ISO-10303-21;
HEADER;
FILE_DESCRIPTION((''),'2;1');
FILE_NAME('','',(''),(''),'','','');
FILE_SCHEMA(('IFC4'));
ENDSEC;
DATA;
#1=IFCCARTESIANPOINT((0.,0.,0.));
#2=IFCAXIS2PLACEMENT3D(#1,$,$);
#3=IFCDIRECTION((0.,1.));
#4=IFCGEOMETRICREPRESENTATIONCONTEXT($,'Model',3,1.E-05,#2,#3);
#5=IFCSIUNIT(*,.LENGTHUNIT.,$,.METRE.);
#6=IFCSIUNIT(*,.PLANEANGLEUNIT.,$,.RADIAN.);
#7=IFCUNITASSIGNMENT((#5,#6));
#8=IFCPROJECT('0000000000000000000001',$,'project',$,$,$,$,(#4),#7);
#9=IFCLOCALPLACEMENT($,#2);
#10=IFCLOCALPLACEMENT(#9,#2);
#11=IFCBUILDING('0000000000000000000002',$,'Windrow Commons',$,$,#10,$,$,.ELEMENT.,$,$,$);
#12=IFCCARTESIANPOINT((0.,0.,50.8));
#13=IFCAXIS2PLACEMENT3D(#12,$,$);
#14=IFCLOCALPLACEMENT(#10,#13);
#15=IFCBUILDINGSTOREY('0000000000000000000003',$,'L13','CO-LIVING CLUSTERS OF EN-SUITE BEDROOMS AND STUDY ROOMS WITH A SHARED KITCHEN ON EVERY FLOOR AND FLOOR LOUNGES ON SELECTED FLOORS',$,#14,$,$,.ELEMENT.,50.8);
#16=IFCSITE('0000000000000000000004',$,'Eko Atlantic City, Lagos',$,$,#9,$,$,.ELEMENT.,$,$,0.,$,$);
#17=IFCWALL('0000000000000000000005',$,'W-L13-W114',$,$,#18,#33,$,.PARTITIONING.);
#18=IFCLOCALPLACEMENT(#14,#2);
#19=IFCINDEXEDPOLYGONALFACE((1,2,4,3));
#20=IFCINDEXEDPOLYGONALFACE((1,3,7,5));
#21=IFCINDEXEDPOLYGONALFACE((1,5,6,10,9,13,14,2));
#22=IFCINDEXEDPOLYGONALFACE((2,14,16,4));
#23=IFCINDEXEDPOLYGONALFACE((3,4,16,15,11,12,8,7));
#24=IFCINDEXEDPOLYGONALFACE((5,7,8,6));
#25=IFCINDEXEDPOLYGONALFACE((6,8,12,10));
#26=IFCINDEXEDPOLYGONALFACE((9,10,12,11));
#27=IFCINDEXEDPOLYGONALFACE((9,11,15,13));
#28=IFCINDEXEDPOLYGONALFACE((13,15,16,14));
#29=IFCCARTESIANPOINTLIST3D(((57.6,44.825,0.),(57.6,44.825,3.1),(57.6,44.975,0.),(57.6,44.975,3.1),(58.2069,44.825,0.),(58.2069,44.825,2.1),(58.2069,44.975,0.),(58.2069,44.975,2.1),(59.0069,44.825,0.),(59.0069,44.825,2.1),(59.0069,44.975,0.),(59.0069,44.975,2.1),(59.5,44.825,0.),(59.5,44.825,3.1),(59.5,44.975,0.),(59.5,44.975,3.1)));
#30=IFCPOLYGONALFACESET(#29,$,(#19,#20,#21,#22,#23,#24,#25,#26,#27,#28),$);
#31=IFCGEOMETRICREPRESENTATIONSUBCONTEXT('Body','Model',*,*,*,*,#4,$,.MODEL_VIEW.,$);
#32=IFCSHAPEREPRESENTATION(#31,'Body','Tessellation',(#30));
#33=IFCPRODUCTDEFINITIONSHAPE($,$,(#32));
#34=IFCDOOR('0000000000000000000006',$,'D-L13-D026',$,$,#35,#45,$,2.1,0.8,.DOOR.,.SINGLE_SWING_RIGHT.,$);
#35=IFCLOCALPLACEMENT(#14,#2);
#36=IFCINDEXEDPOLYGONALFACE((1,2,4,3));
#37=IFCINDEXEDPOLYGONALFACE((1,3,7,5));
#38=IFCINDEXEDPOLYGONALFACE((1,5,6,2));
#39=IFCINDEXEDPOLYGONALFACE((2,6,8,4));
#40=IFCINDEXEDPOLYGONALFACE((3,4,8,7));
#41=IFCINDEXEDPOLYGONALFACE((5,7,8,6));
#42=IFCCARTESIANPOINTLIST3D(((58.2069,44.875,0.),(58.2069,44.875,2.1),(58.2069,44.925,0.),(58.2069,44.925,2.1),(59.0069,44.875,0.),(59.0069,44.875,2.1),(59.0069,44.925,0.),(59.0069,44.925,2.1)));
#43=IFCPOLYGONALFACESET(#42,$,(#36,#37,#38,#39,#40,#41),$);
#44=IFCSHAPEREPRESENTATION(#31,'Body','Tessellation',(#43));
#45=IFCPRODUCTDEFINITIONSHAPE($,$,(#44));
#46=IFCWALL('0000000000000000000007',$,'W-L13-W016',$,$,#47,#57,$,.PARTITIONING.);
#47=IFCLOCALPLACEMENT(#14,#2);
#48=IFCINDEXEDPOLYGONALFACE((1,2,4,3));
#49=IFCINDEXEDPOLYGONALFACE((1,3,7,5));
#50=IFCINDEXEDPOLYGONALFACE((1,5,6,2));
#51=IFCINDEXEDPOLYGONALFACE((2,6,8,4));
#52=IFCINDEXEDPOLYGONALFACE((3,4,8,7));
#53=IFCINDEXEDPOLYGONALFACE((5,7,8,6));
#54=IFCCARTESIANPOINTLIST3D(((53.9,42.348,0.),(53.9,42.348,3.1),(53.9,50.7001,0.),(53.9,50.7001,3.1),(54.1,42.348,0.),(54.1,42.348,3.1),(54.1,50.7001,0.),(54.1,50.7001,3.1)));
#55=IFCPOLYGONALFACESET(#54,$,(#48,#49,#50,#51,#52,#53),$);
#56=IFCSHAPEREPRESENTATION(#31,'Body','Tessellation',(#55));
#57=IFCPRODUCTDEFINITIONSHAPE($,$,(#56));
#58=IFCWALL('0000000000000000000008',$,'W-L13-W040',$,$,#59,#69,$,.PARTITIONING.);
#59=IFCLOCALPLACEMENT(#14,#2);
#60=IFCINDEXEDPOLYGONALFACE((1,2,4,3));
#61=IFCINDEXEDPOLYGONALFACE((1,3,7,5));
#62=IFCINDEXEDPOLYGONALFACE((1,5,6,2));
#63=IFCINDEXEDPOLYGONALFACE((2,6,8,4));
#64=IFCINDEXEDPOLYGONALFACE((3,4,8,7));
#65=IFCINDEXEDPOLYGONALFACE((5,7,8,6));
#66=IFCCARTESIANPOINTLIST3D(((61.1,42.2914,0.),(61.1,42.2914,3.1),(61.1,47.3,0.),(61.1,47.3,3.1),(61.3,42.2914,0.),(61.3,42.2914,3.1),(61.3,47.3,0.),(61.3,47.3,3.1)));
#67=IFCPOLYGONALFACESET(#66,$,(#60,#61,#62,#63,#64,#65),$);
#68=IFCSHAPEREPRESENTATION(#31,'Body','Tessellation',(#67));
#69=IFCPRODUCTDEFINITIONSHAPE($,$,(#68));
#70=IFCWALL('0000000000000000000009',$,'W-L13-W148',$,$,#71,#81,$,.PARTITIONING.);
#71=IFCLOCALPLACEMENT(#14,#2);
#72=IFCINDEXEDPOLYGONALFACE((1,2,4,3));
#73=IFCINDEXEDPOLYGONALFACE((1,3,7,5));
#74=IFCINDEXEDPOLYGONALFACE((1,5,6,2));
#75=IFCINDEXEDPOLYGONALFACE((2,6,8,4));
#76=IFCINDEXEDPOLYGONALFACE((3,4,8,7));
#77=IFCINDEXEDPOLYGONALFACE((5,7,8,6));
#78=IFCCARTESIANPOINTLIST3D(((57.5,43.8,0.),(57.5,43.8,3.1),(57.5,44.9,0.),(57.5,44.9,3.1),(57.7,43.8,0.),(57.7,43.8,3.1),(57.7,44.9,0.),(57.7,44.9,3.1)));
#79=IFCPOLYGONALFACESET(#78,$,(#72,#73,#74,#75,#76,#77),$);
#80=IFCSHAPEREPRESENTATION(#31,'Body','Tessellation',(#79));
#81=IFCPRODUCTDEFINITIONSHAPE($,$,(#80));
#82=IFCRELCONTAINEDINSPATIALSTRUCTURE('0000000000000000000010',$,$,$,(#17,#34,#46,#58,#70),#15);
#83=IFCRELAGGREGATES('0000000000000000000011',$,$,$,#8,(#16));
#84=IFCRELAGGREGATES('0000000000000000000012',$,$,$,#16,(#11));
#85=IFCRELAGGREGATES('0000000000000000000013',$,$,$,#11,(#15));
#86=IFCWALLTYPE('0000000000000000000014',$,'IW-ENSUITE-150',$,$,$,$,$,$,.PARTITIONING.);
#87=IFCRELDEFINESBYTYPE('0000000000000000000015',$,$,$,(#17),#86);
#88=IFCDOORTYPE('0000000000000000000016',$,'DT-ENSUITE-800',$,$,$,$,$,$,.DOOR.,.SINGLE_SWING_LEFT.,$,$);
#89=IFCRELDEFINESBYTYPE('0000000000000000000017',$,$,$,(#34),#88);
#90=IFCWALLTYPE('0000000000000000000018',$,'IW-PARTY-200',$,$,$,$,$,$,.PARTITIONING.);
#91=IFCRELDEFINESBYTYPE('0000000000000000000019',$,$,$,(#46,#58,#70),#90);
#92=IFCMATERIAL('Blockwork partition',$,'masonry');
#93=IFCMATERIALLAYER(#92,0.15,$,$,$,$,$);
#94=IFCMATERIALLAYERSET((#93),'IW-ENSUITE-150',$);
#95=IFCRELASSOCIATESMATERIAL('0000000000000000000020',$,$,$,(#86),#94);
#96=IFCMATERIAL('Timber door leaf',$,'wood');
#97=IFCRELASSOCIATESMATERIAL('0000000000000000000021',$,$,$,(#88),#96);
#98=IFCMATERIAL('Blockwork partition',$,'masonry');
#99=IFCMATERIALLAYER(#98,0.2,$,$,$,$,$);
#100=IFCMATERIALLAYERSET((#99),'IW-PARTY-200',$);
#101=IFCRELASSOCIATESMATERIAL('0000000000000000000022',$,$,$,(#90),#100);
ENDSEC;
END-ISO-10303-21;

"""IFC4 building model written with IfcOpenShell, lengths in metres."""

from ifc_helpers import new_model, si_unit, direction, frame, frame_2d, origin, place, context, subcontext, project, spatial, rectangle, extrude, material, layer, layer_set, type_object, element, fill, save


model = new_model("IFC4")

# Units and contexts
model_context = context("Model", 3, precision=1e-05, world=origin(), true_north=direction((0.0, 1.0)))
body_context = subcontext(model_context, "Body", "Model", "MODEL_VIEW")
ifc_project = project(units=[si_unit("LENGTHUNIT", "METRE"), si_unit("PLANEANGLEUNIT", "RADIAN")], contexts=[model_context])

# Site, building, storey
site_placement = place(None, origin())
site = spatial("IfcSite", under=ifc_project, at=site_placement, Name="Eko Atlantic City, Lagos", CompositionType="ELEMENT", RefElevation=0.0)
building_placement = place(site_placement, origin())
building = spatial("IfcBuilding", under=site, at=building_placement, Name="Windrow Commons", CompositionType="ELEMENT")
storey_placement = place(building_placement, frame((0.0, 0.0, 50.8)))
storey = spatial("IfcBuildingStorey", under=building, at=storey_placement, Name="L13", Description="CO-LIVING CLUSTERS OF EN-SUITE BEDROOMS AND STUDY ROOMS WITH A SHARED KITCHEN ON EVERY FLOOR AND FLOOR LOUNGES ON SELECTED FLOORS", CompositionType="ELEMENT", Elevation=50.8)

# Shared definitions
ifc_material_1 = material(Name="Blockwork partition", Category="masonry")
ifc_layer_1 = layer(ifc_material_1, 0.15)
ifc_layer_set_1 = layer_set([ifc_layer_1], Name="IW-ENSUITE-150")
wall_type_1 = type_object("IfcWallType", Name="IW-ENSUITE-150", PredefinedType="PARTITIONING", material=ifc_layer_set_1)

# Wall, opening, door
wall_1_placement = place(storey_placement, frame((57.6, 44.9, 0.0), z_axis=(0.0, 0.0, 1.0), x_axis=(1.0, 0.0, 0.0)))
wall_1 = element("IfcWall", 1, at=wall_1_placement, inside=storey, type_object=wall_type_1, Name="W-L13-W114", PredefinedType="PARTITIONING", context=body_context, shape_type="SweptSolid", body=[
    extrude(rectangle(XDim=1.9, YDim=0.15, at=frame_2d((0.95, 0.0))), origin(), (0.0, 0.0, 1.0), 3.1),
])
opening_1_placement = place(wall_1_placement, frame((0.6069, 0.0, 0.0)))
opening_1 = element("IfcOpeningElement", 2, at=opening_1_placement, cuts=wall_1, PredefinedType="OPENING", context=body_context, shape_type="SweptSolid", body=[
    extrude(rectangle(XDim=0.8, YDim=2.1, at=frame_2d((0.4, 1.05))), frame((0.0, 0.085, 0.0), z_axis=(0.0, -1.0, 0.0), x_axis=(1.0, 0.0, 0.0)), (0.0, 0.0, 1.0), 0.17),
])
ifc_material_2 = material(Name="Timber door leaf", Category="wood")
door_type = type_object("IfcDoorType", Name="DT-ENSUITE-800", OperationType="SINGLE_SWING_LEFT", PredefinedType="DOOR", material=ifc_material_2)
door_placement = place(opening_1_placement, origin())
door = element("IfcDoor", 3, at=door_placement, inside=storey, type_object=door_type, Name="D-L13-D026", OperationType="SINGLE_SWING_RIGHT", OverallHeight=2.1, OverallWidth=0.8, PredefinedType="DOOR", context=body_context, shape_type="SweptSolid", body=[
    extrude(rectangle(XDim=0.8, YDim=2.1, at=frame_2d((0.4, 1.05))), frame((0.0, 0.025, 0.0), z_axis=(0.0, -1.0, 0.0), x_axis=(1.0, 0.0, 0.0)), (0.0, 0.0, 1.0), 0.05),
])
fill(opening_1, door)

# Walls
ifc_material_3 = material(Name="Blockwork partition", Category="masonry")
ifc_layer_2 = layer(ifc_material_3, 0.2)
ifc_layer_set_2 = layer_set([ifc_layer_2], Name="IW-PARTY-200")
wall_type_2 = type_object("IfcWallType", Name="IW-PARTY-200", PredefinedType="PARTITIONING", material=ifc_layer_set_2)
wall_2_placement = place(storey_placement, frame((54.0, 42.3479, 0.0), z_axis=(0.0, 0.0, 1.0), x_axis=(0.0, 1.0, 0.0)))
element("IfcWall", 4, at=wall_2_placement, inside=storey, type_object=wall_type_2, Name="W-L13-W016", PredefinedType="PARTITIONING", context=body_context, shape_type="SweptSolid", body=[
    extrude(rectangle(XDim=8.3521, YDim=0.2, at=frame_2d((4.1761, 0.0))), origin(), (0.0, 0.0, 1.0), 3.1),
])
wall_3_placement = place(storey_placement, frame((61.2, 42.2914, 0.0), z_axis=(0.0, 0.0, 1.0), x_axis=(0.0, 1.0, 0.0)))
element("IfcWall", 5, at=wall_3_placement, inside=storey, type_object=wall_type_2, Name="W-L13-W040", PredefinedType="PARTITIONING", context=body_context, shape_type="SweptSolid", body=[
    extrude(rectangle(XDim=5.0086, YDim=0.2, at=frame_2d((2.5043, 0.0))), origin(), (0.0, 0.0, 1.0), 3.1),
])
wall_4_placement = place(storey_placement, frame((57.6, 43.8, 0.0), z_axis=(0.0, 0.0, 1.0), x_axis=(0.0, 1.0, 0.0)))
element("IfcWall", 6, at=wall_4_placement, inside=storey, type_object=wall_type_2, Name="W-L13-W148", PredefinedType="PARTITIONING", context=body_context, shape_type="SweptSolid", body=[
    extrude(rectangle(XDim=1.1, YDim=0.2, at=frame_2d((0.55, 0.0))), origin(), (0.0, 0.0, 1.0), 3.1),
])

save(model, "model.ifc")
